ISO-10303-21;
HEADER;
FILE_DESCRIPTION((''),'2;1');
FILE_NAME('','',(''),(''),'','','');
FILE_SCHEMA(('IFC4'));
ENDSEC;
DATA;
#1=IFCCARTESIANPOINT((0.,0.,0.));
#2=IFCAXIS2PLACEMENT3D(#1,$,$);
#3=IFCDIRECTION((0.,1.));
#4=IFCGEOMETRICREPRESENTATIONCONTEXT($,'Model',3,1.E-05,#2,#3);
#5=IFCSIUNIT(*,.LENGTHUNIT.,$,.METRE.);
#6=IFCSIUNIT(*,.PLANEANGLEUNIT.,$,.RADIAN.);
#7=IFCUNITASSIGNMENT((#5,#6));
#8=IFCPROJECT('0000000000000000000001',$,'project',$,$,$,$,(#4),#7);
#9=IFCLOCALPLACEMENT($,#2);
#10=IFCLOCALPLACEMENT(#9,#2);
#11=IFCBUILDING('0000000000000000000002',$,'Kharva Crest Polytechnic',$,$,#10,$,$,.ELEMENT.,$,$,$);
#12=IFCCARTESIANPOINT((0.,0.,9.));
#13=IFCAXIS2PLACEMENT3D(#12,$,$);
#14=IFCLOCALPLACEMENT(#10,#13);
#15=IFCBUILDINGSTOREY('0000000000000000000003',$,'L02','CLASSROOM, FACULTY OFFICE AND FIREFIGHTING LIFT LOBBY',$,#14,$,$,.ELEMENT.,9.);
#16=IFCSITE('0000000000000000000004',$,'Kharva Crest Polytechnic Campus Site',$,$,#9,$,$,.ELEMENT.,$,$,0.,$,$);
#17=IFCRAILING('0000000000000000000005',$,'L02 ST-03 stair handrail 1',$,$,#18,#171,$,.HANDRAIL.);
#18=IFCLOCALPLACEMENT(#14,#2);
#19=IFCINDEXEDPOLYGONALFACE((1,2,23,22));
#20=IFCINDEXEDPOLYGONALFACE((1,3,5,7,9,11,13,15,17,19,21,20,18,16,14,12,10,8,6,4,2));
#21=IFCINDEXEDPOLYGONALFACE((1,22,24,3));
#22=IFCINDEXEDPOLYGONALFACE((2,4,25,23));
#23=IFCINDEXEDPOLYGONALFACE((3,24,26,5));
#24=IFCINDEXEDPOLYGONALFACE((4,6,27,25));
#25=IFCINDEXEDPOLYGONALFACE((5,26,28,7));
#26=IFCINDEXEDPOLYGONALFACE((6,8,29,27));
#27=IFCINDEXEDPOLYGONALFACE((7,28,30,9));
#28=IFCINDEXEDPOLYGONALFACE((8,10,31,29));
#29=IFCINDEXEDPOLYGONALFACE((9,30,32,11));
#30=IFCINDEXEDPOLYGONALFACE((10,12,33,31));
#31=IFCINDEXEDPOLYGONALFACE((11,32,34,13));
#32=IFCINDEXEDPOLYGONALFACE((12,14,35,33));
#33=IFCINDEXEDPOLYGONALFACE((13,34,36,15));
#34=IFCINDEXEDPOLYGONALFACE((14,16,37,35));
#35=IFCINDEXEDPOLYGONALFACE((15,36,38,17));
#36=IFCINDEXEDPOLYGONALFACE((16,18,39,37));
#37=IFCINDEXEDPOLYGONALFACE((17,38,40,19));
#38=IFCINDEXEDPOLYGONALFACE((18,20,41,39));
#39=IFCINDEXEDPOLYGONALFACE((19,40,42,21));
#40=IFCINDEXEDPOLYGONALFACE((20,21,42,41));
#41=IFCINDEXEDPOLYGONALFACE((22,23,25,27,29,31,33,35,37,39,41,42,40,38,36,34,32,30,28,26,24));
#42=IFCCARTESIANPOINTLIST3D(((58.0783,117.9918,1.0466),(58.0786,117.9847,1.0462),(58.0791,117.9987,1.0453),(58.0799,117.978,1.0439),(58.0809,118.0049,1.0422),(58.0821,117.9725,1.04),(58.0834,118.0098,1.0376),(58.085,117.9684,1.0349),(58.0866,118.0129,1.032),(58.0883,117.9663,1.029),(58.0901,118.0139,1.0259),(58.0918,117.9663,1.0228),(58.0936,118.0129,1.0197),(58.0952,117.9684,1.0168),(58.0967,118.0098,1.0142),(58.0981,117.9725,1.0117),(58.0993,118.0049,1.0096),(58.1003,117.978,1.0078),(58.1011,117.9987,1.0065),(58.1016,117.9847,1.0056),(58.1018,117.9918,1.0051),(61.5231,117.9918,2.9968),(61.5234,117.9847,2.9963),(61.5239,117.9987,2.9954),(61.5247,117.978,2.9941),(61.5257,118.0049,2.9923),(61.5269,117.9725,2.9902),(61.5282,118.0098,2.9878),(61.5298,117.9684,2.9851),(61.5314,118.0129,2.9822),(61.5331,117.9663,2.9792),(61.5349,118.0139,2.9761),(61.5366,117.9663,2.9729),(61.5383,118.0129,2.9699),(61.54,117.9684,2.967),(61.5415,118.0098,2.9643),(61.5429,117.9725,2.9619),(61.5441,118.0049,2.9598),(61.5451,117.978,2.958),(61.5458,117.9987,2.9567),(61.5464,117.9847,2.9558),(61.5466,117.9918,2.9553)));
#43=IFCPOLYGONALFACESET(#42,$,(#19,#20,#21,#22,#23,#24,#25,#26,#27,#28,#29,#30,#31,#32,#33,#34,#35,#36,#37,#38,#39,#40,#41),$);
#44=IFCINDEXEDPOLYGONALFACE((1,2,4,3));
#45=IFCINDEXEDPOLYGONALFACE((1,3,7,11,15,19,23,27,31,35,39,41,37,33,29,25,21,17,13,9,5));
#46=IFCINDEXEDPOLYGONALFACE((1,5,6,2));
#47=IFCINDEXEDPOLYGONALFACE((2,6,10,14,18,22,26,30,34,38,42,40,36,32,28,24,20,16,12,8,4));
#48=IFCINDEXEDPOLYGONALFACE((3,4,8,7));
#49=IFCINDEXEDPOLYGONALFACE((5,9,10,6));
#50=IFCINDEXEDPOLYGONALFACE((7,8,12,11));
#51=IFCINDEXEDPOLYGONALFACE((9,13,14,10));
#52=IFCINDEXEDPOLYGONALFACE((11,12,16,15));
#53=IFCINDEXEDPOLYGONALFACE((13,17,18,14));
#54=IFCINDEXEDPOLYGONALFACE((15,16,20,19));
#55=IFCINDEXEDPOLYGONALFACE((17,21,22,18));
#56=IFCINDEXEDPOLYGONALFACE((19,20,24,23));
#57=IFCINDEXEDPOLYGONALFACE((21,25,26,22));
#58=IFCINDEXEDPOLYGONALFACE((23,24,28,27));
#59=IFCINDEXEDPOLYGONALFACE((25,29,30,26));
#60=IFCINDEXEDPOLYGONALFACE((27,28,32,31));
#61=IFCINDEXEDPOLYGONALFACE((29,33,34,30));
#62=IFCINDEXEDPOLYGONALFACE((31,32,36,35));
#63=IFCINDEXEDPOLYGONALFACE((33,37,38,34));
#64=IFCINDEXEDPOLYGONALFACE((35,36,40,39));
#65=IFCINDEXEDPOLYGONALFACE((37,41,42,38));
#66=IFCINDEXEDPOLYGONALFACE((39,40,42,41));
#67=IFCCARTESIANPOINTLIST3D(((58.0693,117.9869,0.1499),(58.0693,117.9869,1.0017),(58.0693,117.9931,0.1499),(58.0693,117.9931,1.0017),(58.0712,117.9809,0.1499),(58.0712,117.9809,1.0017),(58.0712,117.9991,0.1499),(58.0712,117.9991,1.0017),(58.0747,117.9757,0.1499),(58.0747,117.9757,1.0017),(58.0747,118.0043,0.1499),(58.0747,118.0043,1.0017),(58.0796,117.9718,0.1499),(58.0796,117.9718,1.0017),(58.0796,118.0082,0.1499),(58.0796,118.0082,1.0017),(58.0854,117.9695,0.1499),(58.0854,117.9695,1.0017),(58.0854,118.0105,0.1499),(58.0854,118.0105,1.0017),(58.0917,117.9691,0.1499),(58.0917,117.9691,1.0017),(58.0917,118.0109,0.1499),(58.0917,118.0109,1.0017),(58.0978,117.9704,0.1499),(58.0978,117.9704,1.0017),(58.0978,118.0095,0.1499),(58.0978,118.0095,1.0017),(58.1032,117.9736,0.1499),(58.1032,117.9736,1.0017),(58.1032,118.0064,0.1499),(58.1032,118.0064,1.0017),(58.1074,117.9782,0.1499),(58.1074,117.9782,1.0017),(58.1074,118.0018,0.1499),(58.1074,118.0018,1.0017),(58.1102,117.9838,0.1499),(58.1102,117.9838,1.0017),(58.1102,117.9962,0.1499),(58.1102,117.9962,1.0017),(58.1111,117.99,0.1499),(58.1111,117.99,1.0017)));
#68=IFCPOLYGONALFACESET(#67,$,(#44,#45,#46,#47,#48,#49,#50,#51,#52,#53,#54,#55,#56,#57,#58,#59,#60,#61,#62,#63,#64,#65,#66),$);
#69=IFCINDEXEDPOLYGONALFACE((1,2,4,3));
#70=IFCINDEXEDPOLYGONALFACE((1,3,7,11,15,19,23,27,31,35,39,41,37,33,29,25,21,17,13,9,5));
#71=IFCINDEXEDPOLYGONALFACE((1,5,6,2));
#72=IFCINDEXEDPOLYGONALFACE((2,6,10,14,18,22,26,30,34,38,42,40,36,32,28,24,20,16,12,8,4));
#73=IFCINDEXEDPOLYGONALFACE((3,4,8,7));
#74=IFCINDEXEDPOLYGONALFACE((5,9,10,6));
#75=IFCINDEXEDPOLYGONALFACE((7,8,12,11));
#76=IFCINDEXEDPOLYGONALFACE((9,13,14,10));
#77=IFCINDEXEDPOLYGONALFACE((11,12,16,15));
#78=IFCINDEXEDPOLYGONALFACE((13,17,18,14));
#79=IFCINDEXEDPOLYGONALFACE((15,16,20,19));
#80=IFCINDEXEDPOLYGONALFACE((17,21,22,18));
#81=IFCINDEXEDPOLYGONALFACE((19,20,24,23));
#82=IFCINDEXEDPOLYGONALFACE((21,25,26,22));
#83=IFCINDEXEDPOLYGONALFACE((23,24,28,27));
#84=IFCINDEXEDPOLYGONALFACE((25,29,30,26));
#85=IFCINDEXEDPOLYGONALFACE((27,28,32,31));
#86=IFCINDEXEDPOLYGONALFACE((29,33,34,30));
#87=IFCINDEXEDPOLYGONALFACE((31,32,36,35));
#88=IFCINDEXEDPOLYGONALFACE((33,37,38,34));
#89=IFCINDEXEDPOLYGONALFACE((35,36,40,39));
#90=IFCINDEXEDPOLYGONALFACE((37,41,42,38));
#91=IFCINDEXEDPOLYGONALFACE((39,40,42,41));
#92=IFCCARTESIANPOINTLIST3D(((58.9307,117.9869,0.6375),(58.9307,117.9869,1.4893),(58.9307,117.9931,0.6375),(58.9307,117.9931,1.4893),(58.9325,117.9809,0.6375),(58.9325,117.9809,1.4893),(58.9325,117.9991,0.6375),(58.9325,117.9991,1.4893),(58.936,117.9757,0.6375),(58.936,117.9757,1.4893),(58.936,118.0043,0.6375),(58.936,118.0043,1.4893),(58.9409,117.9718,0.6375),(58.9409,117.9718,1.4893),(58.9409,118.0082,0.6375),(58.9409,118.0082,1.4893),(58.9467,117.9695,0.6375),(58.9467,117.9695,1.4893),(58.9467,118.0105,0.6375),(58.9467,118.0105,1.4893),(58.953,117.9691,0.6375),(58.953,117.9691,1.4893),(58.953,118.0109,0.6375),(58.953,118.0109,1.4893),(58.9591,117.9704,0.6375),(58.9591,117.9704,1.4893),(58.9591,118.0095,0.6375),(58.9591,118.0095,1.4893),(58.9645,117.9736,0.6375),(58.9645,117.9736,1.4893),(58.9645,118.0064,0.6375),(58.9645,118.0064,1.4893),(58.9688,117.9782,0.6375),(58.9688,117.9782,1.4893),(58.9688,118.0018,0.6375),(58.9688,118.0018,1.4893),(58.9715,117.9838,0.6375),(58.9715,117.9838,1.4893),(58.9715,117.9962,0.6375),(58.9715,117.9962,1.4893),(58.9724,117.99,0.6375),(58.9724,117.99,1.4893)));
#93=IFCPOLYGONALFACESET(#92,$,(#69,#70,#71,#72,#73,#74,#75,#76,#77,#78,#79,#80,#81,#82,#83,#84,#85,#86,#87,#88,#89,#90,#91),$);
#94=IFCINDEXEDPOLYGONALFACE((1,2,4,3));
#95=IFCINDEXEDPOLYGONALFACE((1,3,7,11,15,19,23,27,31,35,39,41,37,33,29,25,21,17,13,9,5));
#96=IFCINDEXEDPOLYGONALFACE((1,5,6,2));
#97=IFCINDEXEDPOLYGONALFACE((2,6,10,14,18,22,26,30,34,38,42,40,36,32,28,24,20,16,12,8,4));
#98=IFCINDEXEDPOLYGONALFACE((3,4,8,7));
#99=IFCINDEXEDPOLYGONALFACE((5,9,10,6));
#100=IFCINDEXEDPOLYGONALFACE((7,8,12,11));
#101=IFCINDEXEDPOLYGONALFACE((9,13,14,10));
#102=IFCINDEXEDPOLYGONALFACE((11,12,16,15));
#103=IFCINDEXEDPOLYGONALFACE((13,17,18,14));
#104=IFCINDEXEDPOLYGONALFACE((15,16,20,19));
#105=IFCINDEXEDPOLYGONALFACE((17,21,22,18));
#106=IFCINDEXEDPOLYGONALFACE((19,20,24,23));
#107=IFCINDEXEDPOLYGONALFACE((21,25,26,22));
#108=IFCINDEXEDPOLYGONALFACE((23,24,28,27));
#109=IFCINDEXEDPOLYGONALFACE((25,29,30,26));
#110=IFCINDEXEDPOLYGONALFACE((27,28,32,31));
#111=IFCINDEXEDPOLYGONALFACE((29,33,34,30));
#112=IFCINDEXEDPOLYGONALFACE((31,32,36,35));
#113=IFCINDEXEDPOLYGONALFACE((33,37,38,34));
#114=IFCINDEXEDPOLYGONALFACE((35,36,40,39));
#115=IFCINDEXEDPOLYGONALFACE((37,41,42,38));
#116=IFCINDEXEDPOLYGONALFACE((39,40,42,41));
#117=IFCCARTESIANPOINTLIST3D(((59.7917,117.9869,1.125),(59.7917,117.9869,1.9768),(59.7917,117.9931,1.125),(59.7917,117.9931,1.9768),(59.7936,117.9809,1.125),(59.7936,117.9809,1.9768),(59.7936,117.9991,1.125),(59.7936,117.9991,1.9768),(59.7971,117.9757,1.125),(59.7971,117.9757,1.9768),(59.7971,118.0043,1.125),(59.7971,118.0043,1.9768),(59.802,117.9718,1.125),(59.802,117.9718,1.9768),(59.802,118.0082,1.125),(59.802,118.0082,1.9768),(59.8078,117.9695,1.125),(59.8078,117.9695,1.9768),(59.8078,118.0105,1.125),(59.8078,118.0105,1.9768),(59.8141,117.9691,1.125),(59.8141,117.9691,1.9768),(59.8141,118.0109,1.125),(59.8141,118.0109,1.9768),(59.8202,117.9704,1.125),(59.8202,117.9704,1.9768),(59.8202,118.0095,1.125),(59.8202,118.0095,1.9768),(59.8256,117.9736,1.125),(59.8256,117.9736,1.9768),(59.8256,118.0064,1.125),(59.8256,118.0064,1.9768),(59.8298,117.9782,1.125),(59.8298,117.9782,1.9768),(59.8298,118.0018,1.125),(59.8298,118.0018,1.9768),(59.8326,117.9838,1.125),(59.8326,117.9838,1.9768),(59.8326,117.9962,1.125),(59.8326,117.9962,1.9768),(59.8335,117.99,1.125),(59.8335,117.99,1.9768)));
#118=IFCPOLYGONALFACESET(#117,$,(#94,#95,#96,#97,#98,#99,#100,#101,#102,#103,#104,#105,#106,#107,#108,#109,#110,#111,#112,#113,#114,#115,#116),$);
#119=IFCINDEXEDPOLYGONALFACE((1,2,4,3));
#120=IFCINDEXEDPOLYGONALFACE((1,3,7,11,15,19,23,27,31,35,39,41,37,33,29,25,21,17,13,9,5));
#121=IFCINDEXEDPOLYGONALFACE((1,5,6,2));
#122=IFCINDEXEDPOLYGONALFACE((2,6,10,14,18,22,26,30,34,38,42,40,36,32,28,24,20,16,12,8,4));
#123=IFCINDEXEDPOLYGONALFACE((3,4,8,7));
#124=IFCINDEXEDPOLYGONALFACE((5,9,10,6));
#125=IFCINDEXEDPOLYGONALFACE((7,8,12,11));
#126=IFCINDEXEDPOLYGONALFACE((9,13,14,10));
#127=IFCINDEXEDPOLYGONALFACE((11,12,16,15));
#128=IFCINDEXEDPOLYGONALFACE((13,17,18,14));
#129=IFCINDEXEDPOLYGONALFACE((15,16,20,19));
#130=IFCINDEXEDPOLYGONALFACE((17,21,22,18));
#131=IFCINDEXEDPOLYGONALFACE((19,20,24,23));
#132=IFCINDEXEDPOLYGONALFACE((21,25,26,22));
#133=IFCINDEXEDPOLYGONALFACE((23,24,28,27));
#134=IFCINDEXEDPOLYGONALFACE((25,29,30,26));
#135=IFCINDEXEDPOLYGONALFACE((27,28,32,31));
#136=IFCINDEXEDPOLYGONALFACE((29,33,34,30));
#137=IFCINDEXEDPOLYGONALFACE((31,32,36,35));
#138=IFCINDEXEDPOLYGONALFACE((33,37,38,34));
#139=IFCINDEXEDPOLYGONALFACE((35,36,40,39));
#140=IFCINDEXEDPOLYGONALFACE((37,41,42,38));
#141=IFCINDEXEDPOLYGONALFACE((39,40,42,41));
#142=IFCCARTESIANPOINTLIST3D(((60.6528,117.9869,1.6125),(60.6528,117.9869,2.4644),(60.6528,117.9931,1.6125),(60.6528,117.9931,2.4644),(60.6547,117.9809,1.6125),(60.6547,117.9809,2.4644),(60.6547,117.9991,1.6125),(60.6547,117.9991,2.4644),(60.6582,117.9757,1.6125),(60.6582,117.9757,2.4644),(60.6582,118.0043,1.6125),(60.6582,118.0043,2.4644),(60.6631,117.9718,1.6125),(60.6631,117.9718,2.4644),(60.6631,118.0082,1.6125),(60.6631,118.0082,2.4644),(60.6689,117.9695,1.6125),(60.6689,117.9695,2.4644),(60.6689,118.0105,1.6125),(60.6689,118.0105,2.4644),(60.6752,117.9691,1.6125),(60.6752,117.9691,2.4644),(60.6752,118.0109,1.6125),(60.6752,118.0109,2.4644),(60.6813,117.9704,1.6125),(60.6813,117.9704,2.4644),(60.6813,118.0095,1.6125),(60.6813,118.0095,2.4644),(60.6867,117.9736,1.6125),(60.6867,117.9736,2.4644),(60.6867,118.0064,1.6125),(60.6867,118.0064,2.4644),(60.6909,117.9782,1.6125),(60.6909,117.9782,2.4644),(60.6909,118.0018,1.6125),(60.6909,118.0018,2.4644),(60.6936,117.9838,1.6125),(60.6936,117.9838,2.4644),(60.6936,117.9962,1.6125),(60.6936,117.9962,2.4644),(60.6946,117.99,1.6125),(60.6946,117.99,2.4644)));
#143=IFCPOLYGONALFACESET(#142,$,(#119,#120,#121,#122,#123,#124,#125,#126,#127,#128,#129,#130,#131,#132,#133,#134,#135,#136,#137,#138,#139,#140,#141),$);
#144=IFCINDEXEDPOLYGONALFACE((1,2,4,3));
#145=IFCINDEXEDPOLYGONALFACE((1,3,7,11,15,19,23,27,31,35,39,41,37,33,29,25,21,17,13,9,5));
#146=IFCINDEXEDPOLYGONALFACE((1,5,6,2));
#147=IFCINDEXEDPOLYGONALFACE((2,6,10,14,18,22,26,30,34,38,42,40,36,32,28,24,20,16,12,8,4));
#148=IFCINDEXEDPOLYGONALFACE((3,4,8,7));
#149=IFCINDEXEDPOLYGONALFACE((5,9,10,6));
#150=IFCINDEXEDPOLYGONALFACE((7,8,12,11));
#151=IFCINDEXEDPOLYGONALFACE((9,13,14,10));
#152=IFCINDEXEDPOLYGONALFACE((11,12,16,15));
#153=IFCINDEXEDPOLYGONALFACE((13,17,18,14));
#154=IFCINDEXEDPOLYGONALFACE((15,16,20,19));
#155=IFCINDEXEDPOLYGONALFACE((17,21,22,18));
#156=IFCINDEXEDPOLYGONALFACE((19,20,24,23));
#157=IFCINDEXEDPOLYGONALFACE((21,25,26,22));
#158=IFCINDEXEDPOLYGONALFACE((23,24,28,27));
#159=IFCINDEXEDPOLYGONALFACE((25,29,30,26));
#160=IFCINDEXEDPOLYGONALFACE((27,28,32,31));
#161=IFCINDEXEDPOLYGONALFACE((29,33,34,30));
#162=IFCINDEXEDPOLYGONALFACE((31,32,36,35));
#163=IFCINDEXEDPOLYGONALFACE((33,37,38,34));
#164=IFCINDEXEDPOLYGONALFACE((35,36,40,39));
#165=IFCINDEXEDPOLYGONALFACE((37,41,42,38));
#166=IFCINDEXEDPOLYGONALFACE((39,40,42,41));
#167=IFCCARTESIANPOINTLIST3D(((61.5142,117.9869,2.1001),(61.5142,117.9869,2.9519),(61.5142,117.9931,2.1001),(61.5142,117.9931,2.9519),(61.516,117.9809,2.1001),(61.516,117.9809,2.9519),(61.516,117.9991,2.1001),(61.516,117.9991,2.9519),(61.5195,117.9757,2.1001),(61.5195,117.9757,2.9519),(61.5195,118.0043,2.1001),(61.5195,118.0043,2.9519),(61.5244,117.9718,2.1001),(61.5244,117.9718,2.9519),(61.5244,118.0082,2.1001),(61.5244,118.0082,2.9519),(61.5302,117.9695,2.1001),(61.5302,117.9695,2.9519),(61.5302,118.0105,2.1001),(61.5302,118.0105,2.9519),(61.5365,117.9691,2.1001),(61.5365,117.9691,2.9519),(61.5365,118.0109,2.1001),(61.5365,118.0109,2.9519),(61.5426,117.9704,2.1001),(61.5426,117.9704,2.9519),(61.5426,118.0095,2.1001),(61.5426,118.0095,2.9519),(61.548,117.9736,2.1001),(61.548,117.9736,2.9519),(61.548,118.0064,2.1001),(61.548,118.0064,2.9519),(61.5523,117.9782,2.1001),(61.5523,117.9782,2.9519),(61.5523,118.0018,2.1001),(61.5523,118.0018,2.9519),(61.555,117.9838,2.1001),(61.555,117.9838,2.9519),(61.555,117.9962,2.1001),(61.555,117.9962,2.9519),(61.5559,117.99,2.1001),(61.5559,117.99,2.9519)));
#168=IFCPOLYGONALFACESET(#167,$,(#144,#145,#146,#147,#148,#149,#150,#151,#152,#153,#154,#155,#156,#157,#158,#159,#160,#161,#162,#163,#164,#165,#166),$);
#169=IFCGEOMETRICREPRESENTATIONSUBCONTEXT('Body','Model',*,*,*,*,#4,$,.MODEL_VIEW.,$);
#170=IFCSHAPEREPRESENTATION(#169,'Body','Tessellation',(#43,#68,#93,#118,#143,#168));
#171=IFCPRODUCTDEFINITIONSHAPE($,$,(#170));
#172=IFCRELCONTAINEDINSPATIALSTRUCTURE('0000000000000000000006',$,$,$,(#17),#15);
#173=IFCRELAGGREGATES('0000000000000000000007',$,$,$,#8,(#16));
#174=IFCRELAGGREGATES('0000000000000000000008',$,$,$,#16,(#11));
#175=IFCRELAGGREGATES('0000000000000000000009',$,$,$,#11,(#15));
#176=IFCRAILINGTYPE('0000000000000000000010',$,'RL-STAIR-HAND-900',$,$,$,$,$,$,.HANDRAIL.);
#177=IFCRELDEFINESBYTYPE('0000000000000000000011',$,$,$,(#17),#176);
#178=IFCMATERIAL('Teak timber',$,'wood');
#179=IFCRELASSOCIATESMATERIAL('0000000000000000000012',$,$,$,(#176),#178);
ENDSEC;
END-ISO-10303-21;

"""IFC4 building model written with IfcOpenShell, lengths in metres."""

from ifc_helpers import new_model, si_unit, direction, frame, origin, origin_2d, place, context, subcontext, project, spatial, circle, extrude, material, type_object, element, save


model = new_model("IFC4")

# Units and contexts
model_context = context("Model", 3, precision=1e-05, world=origin(), true_north=direction((0.0, 1.0)))
body_context = subcontext(model_context, "Body", "Model", "MODEL_VIEW")
ifc_project = project(units=[si_unit("LENGTHUNIT", "METRE"), si_unit("PLANEANGLEUNIT", "RADIAN")], contexts=[model_context])

# Site, building, storey
site_placement = place(None, origin())
site = spatial("IfcSite", under=ifc_project, at=site_placement, Name="Kharva Crest Polytechnic Campus Site", CompositionType="ELEMENT", RefElevation=0.0)
building_placement = place(site_placement, origin())
building = spatial("IfcBuilding", under=site, at=building_placement, Name="Kharva Crest Polytechnic", CompositionType="ELEMENT")
storey_placement = place(building_placement, frame((0.0, 0.0, 9.0)))
storey = spatial("IfcBuildingStorey", under=building, at=storey_placement, Name="L02", Description="CLASSROOM, FACULTY OFFICE AND FIREFIGHTING LIFT LOBBY", CompositionType="ELEMENT", Elevation=9.0)

# Railing
ifc_material_1 = material(Name="Teak timber", Category="wood")
railing_type_1 = type_object("IfcRailingType", Name="RL-STAIR-HAND-900", PredefinedType="HANDRAIL", material=ifc_material_1)
railing_1_placement = place(storey_placement, frame((58.0901, 117.99, 0.1499)))
element("IfcRailing", 1, at=railing_1_placement, inside=storey, type_object=railing_type_1, Name="L02 ST-03 stair handrail 1", PredefinedType="HANDRAIL", context=body_context, shape_type="SweptSolid", body=[
    extrude(circle(Radius=0.0239, at=origin_2d()), frame((0.0, 0.0, 0.876), z_axis=(0.870225, 0.0, 0.492655), x_axis=(0.0, 1.0, 0.0)), (0.0, 0.0, 1.0), 3.9585),
    extrude(circle(Radius=0.021, at=origin_2d()), origin(), (0.0, 0.0, 1.0), 0.8518),
    extrude(circle(Radius=0.021, at=origin_2d()), frame((0.8613, 0.0, 0.4875)), (0.0, 0.0, 1.0), 0.8518),
    extrude(circle(Radius=0.021, at=origin_2d()), frame((1.7224, 0.0, 0.9751)), (0.0, 0.0, 1.0), 0.8518),
    extrude(circle(Radius=0.021, at=origin_2d()), frame((2.5835, 0.0, 1.4626)), (0.0, 0.0, 1.0), 0.8518),
    extrude(circle(Radius=0.021, at=origin_2d()), frame((3.4448, 0.0, 1.9502)), (0.0, 0.0, 1.0), 0.8518),
])

save(model, "model.ifc")
